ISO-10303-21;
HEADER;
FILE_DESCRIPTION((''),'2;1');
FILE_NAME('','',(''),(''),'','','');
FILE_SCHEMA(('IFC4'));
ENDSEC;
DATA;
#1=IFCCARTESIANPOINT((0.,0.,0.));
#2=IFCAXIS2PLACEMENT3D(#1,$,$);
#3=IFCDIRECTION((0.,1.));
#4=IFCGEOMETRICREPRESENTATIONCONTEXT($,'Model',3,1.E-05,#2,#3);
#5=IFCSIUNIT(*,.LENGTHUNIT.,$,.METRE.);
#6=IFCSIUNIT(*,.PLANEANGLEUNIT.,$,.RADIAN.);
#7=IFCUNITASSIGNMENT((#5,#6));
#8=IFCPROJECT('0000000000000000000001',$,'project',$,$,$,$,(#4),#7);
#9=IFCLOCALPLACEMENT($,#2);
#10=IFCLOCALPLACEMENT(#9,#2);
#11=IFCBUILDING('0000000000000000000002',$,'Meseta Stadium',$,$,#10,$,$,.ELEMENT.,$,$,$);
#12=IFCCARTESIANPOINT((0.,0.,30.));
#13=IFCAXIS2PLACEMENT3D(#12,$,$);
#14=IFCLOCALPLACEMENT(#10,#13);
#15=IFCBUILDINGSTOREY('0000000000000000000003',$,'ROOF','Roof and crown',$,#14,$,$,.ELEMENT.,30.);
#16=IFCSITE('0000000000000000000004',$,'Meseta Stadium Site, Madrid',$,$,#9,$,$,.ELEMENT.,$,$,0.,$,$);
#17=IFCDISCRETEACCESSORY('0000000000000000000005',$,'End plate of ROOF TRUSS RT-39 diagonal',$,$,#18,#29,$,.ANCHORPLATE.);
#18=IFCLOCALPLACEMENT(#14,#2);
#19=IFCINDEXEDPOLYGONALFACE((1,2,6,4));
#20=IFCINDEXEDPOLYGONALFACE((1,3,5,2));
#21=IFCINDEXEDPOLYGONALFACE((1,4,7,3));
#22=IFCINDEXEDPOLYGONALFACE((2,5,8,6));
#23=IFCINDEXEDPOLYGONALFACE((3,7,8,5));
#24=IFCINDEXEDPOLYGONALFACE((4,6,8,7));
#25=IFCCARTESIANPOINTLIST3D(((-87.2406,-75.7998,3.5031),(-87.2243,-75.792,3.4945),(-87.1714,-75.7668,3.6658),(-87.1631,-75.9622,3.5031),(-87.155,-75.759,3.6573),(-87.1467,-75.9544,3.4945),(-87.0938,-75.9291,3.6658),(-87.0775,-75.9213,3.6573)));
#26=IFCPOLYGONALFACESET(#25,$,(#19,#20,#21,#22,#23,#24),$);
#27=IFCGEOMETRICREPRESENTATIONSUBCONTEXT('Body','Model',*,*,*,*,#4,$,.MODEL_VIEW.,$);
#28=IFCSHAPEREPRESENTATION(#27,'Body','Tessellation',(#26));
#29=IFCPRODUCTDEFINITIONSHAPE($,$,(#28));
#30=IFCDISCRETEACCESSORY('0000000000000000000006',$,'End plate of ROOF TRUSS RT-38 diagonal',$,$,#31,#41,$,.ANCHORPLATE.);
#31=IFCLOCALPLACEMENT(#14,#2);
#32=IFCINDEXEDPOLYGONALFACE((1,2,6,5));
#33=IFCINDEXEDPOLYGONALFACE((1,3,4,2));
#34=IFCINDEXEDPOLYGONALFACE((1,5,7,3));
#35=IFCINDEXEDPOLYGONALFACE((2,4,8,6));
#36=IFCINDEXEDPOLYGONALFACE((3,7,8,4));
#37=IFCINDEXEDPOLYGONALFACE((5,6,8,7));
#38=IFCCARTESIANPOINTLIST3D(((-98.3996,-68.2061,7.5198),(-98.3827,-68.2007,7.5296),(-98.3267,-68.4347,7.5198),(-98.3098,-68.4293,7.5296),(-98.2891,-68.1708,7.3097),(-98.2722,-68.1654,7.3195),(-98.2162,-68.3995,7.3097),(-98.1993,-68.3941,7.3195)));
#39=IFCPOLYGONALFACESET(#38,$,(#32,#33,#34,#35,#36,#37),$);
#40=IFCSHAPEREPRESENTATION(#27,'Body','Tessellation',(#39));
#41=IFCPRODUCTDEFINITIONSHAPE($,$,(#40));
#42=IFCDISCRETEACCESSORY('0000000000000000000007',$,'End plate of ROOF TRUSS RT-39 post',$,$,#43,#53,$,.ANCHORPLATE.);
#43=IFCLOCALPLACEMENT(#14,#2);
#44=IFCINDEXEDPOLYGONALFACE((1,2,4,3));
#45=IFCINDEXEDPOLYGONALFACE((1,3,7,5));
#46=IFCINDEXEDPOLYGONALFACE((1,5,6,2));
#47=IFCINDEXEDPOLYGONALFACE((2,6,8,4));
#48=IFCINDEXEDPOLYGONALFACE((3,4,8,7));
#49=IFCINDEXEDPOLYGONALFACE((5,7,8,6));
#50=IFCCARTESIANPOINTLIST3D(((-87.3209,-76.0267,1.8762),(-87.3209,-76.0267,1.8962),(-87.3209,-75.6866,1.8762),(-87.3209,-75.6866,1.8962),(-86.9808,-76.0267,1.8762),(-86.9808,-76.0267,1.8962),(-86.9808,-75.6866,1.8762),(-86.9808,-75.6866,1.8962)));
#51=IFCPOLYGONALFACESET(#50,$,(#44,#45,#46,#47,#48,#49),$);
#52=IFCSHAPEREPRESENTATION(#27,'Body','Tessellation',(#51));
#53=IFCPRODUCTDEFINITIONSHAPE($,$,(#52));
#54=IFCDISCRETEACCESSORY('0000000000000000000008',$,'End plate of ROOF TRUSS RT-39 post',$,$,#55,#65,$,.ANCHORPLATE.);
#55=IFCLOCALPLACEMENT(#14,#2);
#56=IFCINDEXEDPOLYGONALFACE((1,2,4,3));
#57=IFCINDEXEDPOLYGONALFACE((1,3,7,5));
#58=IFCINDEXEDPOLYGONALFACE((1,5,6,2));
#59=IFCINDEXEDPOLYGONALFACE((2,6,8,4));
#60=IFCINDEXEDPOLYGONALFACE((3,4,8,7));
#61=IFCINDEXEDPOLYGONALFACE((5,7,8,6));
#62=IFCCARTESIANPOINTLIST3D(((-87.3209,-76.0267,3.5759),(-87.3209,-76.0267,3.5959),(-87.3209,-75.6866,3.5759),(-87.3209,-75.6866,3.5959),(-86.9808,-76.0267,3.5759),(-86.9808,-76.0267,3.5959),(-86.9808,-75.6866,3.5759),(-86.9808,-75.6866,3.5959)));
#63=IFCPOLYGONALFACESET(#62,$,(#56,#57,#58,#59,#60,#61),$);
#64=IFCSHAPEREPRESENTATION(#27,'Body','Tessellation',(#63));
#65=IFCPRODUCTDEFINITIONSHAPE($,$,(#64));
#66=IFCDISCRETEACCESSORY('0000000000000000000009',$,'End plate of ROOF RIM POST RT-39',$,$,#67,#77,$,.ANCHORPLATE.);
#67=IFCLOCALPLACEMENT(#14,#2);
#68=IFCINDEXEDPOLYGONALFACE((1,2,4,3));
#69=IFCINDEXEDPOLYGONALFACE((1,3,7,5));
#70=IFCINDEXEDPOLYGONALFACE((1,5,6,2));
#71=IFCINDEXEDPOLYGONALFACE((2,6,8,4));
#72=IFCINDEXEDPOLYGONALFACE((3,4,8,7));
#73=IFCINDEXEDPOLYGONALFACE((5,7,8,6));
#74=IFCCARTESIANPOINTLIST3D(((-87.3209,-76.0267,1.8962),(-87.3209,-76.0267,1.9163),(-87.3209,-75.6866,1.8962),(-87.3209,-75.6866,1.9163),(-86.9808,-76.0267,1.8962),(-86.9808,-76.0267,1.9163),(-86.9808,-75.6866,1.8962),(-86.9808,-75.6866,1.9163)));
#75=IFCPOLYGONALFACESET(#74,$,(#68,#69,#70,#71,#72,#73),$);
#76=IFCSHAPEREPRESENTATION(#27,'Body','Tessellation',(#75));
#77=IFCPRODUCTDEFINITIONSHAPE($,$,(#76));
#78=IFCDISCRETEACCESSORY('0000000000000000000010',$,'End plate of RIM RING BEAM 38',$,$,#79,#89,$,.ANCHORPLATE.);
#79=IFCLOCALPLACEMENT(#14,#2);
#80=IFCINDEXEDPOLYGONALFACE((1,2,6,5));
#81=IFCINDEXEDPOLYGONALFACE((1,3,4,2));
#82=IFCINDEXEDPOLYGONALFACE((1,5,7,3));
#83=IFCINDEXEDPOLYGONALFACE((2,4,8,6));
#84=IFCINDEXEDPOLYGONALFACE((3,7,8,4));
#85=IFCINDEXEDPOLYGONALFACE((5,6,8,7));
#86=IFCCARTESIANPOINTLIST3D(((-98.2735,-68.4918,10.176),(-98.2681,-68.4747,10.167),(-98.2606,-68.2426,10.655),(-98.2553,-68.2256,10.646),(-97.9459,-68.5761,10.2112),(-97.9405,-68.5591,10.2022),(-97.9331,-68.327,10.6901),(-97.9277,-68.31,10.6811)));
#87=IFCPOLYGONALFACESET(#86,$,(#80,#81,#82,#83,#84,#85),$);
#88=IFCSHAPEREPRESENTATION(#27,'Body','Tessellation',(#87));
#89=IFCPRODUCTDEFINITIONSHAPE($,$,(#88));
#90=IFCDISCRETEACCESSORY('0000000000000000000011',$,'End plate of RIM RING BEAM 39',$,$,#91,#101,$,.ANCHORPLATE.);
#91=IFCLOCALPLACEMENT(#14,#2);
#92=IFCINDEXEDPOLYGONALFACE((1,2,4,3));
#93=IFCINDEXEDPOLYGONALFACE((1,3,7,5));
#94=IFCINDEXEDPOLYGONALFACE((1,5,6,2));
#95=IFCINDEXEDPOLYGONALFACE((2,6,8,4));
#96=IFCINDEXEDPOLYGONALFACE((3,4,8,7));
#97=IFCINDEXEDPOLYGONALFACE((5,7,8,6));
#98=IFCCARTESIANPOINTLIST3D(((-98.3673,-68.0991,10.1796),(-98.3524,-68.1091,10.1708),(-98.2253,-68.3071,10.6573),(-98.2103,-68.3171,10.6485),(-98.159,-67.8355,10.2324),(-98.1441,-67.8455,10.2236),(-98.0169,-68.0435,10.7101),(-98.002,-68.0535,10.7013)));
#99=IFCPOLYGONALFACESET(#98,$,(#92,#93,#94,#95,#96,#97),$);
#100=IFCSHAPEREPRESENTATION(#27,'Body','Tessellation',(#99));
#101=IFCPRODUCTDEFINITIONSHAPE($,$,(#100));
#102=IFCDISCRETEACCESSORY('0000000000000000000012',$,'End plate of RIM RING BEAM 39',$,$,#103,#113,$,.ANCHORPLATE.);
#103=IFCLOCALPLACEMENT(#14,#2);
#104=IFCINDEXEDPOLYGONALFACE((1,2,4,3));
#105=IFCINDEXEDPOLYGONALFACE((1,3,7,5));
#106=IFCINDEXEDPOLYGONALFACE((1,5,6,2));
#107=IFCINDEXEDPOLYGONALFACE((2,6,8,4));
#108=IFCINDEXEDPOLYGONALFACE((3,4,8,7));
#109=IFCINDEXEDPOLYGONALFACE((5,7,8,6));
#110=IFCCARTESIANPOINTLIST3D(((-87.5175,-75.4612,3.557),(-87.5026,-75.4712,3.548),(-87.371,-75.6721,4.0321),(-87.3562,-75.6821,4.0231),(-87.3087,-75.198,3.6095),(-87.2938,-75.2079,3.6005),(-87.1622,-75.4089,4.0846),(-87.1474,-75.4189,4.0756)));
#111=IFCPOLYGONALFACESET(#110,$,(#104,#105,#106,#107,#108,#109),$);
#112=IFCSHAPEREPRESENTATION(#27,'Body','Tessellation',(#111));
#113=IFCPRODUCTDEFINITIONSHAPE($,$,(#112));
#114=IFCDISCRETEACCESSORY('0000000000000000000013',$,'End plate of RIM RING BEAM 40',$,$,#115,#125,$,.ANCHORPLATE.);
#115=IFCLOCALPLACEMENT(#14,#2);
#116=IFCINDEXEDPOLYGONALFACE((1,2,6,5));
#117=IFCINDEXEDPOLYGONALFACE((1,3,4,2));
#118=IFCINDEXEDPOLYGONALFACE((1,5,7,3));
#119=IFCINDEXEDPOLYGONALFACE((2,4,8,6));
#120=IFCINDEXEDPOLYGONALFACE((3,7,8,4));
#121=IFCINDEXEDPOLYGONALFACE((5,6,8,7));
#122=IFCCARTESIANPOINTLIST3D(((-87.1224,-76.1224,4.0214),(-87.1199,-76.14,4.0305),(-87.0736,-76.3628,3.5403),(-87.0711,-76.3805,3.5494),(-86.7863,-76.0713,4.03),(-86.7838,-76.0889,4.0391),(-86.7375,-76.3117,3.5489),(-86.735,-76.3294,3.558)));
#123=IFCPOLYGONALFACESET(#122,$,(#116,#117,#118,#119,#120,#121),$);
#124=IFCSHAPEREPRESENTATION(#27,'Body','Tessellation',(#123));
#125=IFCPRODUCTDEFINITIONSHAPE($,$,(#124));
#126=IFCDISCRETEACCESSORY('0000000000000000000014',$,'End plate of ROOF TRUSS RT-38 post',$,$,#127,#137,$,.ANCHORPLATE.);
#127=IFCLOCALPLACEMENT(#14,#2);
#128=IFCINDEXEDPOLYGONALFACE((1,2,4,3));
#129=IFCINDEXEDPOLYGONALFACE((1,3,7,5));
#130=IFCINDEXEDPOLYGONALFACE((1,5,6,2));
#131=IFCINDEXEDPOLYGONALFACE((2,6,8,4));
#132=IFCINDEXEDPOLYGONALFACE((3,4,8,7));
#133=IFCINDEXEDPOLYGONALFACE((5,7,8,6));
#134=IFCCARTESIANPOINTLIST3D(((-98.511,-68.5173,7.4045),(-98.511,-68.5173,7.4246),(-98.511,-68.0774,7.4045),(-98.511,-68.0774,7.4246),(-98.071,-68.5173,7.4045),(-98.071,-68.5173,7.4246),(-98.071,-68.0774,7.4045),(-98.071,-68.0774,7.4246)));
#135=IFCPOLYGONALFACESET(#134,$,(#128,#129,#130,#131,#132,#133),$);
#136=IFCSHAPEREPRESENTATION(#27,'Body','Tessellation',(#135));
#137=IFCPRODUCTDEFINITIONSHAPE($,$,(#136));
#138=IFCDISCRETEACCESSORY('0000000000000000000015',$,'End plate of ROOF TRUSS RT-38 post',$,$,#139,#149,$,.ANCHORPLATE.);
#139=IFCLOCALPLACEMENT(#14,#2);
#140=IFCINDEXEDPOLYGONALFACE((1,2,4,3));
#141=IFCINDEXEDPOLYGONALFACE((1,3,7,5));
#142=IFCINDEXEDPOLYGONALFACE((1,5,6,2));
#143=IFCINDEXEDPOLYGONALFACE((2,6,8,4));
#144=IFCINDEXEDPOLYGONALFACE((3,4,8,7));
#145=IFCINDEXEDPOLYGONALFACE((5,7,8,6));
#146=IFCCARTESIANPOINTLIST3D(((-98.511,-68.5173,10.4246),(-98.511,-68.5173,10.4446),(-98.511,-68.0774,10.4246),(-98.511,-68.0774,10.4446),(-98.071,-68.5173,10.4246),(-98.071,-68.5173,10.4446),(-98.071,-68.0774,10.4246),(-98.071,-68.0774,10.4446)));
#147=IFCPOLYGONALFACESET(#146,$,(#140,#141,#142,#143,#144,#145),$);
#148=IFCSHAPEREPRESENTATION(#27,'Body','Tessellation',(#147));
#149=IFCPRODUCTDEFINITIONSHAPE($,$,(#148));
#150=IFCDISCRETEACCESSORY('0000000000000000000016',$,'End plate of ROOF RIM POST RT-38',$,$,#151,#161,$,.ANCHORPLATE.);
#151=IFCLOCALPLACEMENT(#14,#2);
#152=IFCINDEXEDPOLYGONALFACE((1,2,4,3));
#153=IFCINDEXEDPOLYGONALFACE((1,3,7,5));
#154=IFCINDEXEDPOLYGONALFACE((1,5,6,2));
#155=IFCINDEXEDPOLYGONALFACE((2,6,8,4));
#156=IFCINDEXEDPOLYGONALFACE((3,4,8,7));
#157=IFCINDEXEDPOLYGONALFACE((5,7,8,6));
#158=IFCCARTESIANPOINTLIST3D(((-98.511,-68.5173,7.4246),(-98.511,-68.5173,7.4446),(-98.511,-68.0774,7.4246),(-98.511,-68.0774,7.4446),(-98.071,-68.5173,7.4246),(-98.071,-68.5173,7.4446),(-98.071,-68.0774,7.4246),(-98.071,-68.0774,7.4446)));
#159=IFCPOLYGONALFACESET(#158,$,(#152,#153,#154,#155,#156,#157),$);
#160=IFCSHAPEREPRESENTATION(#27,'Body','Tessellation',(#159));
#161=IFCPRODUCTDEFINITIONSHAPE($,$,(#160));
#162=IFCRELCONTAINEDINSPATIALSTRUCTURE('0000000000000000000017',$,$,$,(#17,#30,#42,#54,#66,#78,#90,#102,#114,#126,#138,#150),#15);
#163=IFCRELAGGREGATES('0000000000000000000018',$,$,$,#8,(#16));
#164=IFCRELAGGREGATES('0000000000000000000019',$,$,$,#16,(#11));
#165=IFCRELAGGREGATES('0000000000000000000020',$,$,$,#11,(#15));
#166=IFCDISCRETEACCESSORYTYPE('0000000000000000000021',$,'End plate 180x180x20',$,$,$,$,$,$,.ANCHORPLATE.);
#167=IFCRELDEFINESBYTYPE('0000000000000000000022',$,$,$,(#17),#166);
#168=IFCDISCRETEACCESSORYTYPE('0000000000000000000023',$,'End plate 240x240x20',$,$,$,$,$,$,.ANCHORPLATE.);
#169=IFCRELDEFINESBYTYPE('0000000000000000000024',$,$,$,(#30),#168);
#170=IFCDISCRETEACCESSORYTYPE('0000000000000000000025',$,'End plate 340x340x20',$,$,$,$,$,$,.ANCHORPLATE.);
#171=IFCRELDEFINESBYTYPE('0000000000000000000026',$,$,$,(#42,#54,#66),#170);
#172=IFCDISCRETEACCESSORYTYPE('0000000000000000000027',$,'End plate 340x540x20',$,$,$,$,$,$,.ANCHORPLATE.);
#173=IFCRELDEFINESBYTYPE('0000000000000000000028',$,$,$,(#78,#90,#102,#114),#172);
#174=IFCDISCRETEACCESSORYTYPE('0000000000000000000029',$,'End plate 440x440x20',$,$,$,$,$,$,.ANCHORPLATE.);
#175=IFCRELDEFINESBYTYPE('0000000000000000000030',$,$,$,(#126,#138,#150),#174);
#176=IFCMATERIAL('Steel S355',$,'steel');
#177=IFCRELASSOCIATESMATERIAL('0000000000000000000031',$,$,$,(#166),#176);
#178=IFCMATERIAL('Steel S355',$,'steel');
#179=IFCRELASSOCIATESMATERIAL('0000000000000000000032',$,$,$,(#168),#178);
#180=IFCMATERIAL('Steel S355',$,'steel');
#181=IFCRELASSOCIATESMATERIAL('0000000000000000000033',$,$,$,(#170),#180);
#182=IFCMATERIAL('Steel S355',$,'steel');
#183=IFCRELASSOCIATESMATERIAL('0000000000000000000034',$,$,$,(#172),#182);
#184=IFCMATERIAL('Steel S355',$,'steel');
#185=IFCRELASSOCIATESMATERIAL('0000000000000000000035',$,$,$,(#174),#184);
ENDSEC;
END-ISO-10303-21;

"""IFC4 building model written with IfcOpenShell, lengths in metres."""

from ifc_helpers import new_model, si_unit, direction, frame, origin, origin_2d, place, context, subcontext, project, spatial, rectangle, extrude, material, material_profile, profile_set, type_object, element, save


model = new_model("IFC4")

# Units and contexts
model_context = context("Model", 3, precision=1e-05, world=origin(), true_north=direction((0.0, 1.0)))
body_context = subcontext(model_context, "Body", "Model", "MODEL_VIEW")
ifc_project = project(units=[si_unit("LENGTHUNIT", "METRE"), si_unit("PLANEANGLEUNIT", "RADIAN")], contexts=[model_context])

# Site, building, storey
site_placement = place(None, origin())
site = spatial("IfcSite", under=ifc_project, at=site_placement, Name="Meseta Stadium Site, Madrid", CompositionType="ELEMENT", RefElevation=0.0)
building_placement = place(site_placement, origin())
building = spatial("IfcBuilding", under=site, at=building_placement, Name="Meseta Stadium", CompositionType="ELEMENT")
storey_placement = place(building_placement, frame((0.0, 0.0, 30.0)))
storey = spatial("IfcBuildingStorey", under=building, at=storey_placement, Name="ROOF", Description="Roof and crown", CompositionType="ELEMENT", Elevation=30.0)

# Discrete accessories
ifc_material_1 = material(Name="Steel S355", Category="steel")
ifc_material_profile_1 = material_profile(ifc_material_1, rectangle(XDim=0.1799, YDim=0.1799, at=origin_2d()), Name="PL 180x180")
ifc_profile_set_1 = profile_set([ifc_material_profile_1], Name="Steel S355")
discrete_accessory_type_1 = type_object("IfcDiscreteAccessoryType", Name="End plate 180x180x20", PredefinedType="ANCHORPLATE", material=ifc_profile_set_1)
discrete_accessory_1_placement = place(storey_placement, frame((-87.1509, -75.8567, 3.5759), z_axis=(-0.816224, -0.389838, 0.426386), x_axis=(0.430979, -0.902362, 0.0)))
element("IfcDiscreteAccessory", 1, at=discrete_accessory_1_placement, inside=storey, type_object=discrete_accessory_type_1, Name="End plate of ROOF TRUSS RT-39 diagonal", PredefinedType="ANCHORPLATE", context=body_context, shape_type="SweptSolid", body=[
    extrude(rectangle(XDim=0.1799, YDim=0.1799, at=origin_2d()), origin(), (0.0, 0.0, 1.0), 0.02),
])
ifc_material_2 = material(Name="Steel S355", Category="steel")
ifc_material_profile_2 = material_profile(ifc_material_2, rectangle(XDim=0.24, YDim=0.24, at=origin_2d()), Name="PL 240x240")
ifc_profile_set_2 = profile_set([ifc_material_profile_2], Name="Steel S355")
discrete_accessory_type_2 = type_object("IfcDiscreteAccessoryType", Name="End plate 240x240x20", PredefinedType="ANCHORPLATE", material=ifc_profile_set_2)
discrete_accessory_2_placement = place(storey_placement, frame((-98.291, -68.2974, 7.4246), z_axis=(-0.833993, -0.265911, -0.483474), x_axis=(0.303774, -0.952744, 0.0)))
element("IfcDiscreteAccessory", 2, at=discrete_accessory_2_placement, inside=storey, type_object=discrete_accessory_type_2, Name="End plate of ROOF TRUSS RT-38 diagonal", PredefinedType="ANCHORPLATE", context=body_context, shape_type="SweptSolid", body=[
    extrude(rectangle(XDim=0.24, YDim=0.24, at=origin_2d()), origin(), (0.0, 0.0, 1.0), 0.0203),
])
ifc_material_3 = material(Name="Steel S355", Category="steel")
ifc_material_profile_3 = material_profile(ifc_material_3, rectangle(XDim=0.3401, YDim=0.3401, at=origin_2d()), Name="PL 340x340")
ifc_profile_set_3 = profile_set([ifc_material_profile_3], Name="Steel S355")
discrete_accessory_type_3 = type_object("IfcDiscreteAccessoryType", Name="End plate 340x340x20", PredefinedType="ANCHORPLATE", material=ifc_profile_set_3)
for number, where, z_axis, x_axis, name in (
    (3, (-87.1509, -75.8567, 1.8762), (0.0, 0.0, 1.0), (1.0, 0.0, 0.0), "End plate of ROOF TRUSS RT-39 post"),
    (4, (-87.1509, -75.8567, 3.5759), (0.0, 0.0, 1.0), (1.0, 0.0, 0.0), "End plate of ROOF TRUSS RT-39 post"),
    (5, (-87.1509, -75.8567, 1.8962), (0.0, 0.0, 1.0), (1.0, 0.0, 0.0), "End plate of ROOF RIM POST RT-39"),
):
    element("IfcDiscreteAccessory", number, at=place(storey_placement, frame(where, z_axis=z_axis, x_axis=x_axis)), inside=storey, type_object=discrete_accessory_type_3, Name=name, PredefinedType="ANCHORPLATE", context=body_context, shape_type="SweptSolid", body=[
        extrude(rectangle(XDim=0.3401, YDim=0.3401, at=origin_2d()), origin(), (0.0, 0.0, 1.0), 0.02),
    ])
ifc_material_4 = material(Name="Steel S355", Category="steel")
ifc_material_profile_4 = material_profile(ifc_material_4, rectangle(XDim=0.3401, YDim=0.54, at=origin_2d()), Name="PL 340x540")
ifc_profile_set_4 = profile_set([ifc_material_profile_4], Name="Steel S355")
discrete_accessory_type_4 = type_object("IfcDiscreteAccessoryType", Name="End plate 340x540x20", PredefinedType="ANCHORPLATE", material=ifc_profile_set_4)
for number, where, z_axis, x_axis, name in (
    (6, (-98.0979, -68.3923, 10.4241), (-0.267716, -0.851824, 0.45025), (0.963205, -0.248134, 0.103273), "End plate of RIM RING BEAM 38"),
    (7, (-98.1921, -68.0713, 10.4448), (0.745345, -0.500969, -0.439876), (0.612557, 0.775024, 0.155278), "End plate of RIM RING BEAM 39"),
    (8, (-87.3398, -75.4351, 3.8208), (0.741316, -0.498262, -0.449651), (0.61396, 0.774081, 0.154438), "End plate of RIM RING BEAM 39"),
    (9, (-86.9299, -76.217, 3.7852), (0.1226, -0.882722, 0.453621), (0.98833, 0.150226, 0.025216), "End plate of RIM RING BEAM 40"),
):
    element("IfcDiscreteAccessory", number, at=place(storey_placement, frame(where, z_axis=z_axis, x_axis=x_axis)), inside=storey, type_object=discrete_accessory_type_4, Name=name, PredefinedType="ANCHORPLATE", context=body_context, shape_type="SweptSolid", body=[
        extrude(rectangle(XDim=0.3401, YDim=0.54, at=origin_2d()), origin(), (0.0, 0.0, 1.0), 0.02),
    ])
ifc_material_5 = material(Name="Steel S355", Category="steel")
ifc_material_profile_5 = material_profile(ifc_material_5, rectangle(XDim=0.4399, YDim=0.4399, at=origin_2d()), Name="PL 440x440")
ifc_profile_set_5 = profile_set([ifc_material_profile_5], Name="Steel S355")
discrete_accessory_type_5 = type_object("IfcDiscreteAccessoryType", Name="End plate 440x440x20", PredefinedType="ANCHORPLATE", material=ifc_profile_set_5)
for number, where, z_axis, x_axis, name in (
    (10, (-98.291, -68.2974, 7.4045), (0.0, 0.0, 1.0), (1.0, 0.0, 0.0), "End plate of ROOF TRUSS RT-38 post"),
    (11, (-98.291, -68.2974, 10.4246), (0.0, 0.0, 1.0), (1.0, 0.0, 0.0), "End plate of ROOF TRUSS RT-38 post"),
    (12, (-98.291, -68.2974, 7.4246), (0.0, 0.0, 1.0), (1.0, 0.0, 0.0), "End plate of ROOF RIM POST RT-38"),
):
    element("IfcDiscreteAccessory", number, at=place(storey_placement, frame(where, z_axis=z_axis, x_axis=x_axis)), inside=storey, type_object=discrete_accessory_type_5, Name=name, PredefinedType="ANCHORPLATE", context=body_context, shape_type="SweptSolid", body=[
        extrude(rectangle(XDim=0.4399, YDim=0.4399, at=origin_2d()), origin(), (0.0, 0.0, 1.0), 0.02),
    ])

save(model, "model.ifc")
